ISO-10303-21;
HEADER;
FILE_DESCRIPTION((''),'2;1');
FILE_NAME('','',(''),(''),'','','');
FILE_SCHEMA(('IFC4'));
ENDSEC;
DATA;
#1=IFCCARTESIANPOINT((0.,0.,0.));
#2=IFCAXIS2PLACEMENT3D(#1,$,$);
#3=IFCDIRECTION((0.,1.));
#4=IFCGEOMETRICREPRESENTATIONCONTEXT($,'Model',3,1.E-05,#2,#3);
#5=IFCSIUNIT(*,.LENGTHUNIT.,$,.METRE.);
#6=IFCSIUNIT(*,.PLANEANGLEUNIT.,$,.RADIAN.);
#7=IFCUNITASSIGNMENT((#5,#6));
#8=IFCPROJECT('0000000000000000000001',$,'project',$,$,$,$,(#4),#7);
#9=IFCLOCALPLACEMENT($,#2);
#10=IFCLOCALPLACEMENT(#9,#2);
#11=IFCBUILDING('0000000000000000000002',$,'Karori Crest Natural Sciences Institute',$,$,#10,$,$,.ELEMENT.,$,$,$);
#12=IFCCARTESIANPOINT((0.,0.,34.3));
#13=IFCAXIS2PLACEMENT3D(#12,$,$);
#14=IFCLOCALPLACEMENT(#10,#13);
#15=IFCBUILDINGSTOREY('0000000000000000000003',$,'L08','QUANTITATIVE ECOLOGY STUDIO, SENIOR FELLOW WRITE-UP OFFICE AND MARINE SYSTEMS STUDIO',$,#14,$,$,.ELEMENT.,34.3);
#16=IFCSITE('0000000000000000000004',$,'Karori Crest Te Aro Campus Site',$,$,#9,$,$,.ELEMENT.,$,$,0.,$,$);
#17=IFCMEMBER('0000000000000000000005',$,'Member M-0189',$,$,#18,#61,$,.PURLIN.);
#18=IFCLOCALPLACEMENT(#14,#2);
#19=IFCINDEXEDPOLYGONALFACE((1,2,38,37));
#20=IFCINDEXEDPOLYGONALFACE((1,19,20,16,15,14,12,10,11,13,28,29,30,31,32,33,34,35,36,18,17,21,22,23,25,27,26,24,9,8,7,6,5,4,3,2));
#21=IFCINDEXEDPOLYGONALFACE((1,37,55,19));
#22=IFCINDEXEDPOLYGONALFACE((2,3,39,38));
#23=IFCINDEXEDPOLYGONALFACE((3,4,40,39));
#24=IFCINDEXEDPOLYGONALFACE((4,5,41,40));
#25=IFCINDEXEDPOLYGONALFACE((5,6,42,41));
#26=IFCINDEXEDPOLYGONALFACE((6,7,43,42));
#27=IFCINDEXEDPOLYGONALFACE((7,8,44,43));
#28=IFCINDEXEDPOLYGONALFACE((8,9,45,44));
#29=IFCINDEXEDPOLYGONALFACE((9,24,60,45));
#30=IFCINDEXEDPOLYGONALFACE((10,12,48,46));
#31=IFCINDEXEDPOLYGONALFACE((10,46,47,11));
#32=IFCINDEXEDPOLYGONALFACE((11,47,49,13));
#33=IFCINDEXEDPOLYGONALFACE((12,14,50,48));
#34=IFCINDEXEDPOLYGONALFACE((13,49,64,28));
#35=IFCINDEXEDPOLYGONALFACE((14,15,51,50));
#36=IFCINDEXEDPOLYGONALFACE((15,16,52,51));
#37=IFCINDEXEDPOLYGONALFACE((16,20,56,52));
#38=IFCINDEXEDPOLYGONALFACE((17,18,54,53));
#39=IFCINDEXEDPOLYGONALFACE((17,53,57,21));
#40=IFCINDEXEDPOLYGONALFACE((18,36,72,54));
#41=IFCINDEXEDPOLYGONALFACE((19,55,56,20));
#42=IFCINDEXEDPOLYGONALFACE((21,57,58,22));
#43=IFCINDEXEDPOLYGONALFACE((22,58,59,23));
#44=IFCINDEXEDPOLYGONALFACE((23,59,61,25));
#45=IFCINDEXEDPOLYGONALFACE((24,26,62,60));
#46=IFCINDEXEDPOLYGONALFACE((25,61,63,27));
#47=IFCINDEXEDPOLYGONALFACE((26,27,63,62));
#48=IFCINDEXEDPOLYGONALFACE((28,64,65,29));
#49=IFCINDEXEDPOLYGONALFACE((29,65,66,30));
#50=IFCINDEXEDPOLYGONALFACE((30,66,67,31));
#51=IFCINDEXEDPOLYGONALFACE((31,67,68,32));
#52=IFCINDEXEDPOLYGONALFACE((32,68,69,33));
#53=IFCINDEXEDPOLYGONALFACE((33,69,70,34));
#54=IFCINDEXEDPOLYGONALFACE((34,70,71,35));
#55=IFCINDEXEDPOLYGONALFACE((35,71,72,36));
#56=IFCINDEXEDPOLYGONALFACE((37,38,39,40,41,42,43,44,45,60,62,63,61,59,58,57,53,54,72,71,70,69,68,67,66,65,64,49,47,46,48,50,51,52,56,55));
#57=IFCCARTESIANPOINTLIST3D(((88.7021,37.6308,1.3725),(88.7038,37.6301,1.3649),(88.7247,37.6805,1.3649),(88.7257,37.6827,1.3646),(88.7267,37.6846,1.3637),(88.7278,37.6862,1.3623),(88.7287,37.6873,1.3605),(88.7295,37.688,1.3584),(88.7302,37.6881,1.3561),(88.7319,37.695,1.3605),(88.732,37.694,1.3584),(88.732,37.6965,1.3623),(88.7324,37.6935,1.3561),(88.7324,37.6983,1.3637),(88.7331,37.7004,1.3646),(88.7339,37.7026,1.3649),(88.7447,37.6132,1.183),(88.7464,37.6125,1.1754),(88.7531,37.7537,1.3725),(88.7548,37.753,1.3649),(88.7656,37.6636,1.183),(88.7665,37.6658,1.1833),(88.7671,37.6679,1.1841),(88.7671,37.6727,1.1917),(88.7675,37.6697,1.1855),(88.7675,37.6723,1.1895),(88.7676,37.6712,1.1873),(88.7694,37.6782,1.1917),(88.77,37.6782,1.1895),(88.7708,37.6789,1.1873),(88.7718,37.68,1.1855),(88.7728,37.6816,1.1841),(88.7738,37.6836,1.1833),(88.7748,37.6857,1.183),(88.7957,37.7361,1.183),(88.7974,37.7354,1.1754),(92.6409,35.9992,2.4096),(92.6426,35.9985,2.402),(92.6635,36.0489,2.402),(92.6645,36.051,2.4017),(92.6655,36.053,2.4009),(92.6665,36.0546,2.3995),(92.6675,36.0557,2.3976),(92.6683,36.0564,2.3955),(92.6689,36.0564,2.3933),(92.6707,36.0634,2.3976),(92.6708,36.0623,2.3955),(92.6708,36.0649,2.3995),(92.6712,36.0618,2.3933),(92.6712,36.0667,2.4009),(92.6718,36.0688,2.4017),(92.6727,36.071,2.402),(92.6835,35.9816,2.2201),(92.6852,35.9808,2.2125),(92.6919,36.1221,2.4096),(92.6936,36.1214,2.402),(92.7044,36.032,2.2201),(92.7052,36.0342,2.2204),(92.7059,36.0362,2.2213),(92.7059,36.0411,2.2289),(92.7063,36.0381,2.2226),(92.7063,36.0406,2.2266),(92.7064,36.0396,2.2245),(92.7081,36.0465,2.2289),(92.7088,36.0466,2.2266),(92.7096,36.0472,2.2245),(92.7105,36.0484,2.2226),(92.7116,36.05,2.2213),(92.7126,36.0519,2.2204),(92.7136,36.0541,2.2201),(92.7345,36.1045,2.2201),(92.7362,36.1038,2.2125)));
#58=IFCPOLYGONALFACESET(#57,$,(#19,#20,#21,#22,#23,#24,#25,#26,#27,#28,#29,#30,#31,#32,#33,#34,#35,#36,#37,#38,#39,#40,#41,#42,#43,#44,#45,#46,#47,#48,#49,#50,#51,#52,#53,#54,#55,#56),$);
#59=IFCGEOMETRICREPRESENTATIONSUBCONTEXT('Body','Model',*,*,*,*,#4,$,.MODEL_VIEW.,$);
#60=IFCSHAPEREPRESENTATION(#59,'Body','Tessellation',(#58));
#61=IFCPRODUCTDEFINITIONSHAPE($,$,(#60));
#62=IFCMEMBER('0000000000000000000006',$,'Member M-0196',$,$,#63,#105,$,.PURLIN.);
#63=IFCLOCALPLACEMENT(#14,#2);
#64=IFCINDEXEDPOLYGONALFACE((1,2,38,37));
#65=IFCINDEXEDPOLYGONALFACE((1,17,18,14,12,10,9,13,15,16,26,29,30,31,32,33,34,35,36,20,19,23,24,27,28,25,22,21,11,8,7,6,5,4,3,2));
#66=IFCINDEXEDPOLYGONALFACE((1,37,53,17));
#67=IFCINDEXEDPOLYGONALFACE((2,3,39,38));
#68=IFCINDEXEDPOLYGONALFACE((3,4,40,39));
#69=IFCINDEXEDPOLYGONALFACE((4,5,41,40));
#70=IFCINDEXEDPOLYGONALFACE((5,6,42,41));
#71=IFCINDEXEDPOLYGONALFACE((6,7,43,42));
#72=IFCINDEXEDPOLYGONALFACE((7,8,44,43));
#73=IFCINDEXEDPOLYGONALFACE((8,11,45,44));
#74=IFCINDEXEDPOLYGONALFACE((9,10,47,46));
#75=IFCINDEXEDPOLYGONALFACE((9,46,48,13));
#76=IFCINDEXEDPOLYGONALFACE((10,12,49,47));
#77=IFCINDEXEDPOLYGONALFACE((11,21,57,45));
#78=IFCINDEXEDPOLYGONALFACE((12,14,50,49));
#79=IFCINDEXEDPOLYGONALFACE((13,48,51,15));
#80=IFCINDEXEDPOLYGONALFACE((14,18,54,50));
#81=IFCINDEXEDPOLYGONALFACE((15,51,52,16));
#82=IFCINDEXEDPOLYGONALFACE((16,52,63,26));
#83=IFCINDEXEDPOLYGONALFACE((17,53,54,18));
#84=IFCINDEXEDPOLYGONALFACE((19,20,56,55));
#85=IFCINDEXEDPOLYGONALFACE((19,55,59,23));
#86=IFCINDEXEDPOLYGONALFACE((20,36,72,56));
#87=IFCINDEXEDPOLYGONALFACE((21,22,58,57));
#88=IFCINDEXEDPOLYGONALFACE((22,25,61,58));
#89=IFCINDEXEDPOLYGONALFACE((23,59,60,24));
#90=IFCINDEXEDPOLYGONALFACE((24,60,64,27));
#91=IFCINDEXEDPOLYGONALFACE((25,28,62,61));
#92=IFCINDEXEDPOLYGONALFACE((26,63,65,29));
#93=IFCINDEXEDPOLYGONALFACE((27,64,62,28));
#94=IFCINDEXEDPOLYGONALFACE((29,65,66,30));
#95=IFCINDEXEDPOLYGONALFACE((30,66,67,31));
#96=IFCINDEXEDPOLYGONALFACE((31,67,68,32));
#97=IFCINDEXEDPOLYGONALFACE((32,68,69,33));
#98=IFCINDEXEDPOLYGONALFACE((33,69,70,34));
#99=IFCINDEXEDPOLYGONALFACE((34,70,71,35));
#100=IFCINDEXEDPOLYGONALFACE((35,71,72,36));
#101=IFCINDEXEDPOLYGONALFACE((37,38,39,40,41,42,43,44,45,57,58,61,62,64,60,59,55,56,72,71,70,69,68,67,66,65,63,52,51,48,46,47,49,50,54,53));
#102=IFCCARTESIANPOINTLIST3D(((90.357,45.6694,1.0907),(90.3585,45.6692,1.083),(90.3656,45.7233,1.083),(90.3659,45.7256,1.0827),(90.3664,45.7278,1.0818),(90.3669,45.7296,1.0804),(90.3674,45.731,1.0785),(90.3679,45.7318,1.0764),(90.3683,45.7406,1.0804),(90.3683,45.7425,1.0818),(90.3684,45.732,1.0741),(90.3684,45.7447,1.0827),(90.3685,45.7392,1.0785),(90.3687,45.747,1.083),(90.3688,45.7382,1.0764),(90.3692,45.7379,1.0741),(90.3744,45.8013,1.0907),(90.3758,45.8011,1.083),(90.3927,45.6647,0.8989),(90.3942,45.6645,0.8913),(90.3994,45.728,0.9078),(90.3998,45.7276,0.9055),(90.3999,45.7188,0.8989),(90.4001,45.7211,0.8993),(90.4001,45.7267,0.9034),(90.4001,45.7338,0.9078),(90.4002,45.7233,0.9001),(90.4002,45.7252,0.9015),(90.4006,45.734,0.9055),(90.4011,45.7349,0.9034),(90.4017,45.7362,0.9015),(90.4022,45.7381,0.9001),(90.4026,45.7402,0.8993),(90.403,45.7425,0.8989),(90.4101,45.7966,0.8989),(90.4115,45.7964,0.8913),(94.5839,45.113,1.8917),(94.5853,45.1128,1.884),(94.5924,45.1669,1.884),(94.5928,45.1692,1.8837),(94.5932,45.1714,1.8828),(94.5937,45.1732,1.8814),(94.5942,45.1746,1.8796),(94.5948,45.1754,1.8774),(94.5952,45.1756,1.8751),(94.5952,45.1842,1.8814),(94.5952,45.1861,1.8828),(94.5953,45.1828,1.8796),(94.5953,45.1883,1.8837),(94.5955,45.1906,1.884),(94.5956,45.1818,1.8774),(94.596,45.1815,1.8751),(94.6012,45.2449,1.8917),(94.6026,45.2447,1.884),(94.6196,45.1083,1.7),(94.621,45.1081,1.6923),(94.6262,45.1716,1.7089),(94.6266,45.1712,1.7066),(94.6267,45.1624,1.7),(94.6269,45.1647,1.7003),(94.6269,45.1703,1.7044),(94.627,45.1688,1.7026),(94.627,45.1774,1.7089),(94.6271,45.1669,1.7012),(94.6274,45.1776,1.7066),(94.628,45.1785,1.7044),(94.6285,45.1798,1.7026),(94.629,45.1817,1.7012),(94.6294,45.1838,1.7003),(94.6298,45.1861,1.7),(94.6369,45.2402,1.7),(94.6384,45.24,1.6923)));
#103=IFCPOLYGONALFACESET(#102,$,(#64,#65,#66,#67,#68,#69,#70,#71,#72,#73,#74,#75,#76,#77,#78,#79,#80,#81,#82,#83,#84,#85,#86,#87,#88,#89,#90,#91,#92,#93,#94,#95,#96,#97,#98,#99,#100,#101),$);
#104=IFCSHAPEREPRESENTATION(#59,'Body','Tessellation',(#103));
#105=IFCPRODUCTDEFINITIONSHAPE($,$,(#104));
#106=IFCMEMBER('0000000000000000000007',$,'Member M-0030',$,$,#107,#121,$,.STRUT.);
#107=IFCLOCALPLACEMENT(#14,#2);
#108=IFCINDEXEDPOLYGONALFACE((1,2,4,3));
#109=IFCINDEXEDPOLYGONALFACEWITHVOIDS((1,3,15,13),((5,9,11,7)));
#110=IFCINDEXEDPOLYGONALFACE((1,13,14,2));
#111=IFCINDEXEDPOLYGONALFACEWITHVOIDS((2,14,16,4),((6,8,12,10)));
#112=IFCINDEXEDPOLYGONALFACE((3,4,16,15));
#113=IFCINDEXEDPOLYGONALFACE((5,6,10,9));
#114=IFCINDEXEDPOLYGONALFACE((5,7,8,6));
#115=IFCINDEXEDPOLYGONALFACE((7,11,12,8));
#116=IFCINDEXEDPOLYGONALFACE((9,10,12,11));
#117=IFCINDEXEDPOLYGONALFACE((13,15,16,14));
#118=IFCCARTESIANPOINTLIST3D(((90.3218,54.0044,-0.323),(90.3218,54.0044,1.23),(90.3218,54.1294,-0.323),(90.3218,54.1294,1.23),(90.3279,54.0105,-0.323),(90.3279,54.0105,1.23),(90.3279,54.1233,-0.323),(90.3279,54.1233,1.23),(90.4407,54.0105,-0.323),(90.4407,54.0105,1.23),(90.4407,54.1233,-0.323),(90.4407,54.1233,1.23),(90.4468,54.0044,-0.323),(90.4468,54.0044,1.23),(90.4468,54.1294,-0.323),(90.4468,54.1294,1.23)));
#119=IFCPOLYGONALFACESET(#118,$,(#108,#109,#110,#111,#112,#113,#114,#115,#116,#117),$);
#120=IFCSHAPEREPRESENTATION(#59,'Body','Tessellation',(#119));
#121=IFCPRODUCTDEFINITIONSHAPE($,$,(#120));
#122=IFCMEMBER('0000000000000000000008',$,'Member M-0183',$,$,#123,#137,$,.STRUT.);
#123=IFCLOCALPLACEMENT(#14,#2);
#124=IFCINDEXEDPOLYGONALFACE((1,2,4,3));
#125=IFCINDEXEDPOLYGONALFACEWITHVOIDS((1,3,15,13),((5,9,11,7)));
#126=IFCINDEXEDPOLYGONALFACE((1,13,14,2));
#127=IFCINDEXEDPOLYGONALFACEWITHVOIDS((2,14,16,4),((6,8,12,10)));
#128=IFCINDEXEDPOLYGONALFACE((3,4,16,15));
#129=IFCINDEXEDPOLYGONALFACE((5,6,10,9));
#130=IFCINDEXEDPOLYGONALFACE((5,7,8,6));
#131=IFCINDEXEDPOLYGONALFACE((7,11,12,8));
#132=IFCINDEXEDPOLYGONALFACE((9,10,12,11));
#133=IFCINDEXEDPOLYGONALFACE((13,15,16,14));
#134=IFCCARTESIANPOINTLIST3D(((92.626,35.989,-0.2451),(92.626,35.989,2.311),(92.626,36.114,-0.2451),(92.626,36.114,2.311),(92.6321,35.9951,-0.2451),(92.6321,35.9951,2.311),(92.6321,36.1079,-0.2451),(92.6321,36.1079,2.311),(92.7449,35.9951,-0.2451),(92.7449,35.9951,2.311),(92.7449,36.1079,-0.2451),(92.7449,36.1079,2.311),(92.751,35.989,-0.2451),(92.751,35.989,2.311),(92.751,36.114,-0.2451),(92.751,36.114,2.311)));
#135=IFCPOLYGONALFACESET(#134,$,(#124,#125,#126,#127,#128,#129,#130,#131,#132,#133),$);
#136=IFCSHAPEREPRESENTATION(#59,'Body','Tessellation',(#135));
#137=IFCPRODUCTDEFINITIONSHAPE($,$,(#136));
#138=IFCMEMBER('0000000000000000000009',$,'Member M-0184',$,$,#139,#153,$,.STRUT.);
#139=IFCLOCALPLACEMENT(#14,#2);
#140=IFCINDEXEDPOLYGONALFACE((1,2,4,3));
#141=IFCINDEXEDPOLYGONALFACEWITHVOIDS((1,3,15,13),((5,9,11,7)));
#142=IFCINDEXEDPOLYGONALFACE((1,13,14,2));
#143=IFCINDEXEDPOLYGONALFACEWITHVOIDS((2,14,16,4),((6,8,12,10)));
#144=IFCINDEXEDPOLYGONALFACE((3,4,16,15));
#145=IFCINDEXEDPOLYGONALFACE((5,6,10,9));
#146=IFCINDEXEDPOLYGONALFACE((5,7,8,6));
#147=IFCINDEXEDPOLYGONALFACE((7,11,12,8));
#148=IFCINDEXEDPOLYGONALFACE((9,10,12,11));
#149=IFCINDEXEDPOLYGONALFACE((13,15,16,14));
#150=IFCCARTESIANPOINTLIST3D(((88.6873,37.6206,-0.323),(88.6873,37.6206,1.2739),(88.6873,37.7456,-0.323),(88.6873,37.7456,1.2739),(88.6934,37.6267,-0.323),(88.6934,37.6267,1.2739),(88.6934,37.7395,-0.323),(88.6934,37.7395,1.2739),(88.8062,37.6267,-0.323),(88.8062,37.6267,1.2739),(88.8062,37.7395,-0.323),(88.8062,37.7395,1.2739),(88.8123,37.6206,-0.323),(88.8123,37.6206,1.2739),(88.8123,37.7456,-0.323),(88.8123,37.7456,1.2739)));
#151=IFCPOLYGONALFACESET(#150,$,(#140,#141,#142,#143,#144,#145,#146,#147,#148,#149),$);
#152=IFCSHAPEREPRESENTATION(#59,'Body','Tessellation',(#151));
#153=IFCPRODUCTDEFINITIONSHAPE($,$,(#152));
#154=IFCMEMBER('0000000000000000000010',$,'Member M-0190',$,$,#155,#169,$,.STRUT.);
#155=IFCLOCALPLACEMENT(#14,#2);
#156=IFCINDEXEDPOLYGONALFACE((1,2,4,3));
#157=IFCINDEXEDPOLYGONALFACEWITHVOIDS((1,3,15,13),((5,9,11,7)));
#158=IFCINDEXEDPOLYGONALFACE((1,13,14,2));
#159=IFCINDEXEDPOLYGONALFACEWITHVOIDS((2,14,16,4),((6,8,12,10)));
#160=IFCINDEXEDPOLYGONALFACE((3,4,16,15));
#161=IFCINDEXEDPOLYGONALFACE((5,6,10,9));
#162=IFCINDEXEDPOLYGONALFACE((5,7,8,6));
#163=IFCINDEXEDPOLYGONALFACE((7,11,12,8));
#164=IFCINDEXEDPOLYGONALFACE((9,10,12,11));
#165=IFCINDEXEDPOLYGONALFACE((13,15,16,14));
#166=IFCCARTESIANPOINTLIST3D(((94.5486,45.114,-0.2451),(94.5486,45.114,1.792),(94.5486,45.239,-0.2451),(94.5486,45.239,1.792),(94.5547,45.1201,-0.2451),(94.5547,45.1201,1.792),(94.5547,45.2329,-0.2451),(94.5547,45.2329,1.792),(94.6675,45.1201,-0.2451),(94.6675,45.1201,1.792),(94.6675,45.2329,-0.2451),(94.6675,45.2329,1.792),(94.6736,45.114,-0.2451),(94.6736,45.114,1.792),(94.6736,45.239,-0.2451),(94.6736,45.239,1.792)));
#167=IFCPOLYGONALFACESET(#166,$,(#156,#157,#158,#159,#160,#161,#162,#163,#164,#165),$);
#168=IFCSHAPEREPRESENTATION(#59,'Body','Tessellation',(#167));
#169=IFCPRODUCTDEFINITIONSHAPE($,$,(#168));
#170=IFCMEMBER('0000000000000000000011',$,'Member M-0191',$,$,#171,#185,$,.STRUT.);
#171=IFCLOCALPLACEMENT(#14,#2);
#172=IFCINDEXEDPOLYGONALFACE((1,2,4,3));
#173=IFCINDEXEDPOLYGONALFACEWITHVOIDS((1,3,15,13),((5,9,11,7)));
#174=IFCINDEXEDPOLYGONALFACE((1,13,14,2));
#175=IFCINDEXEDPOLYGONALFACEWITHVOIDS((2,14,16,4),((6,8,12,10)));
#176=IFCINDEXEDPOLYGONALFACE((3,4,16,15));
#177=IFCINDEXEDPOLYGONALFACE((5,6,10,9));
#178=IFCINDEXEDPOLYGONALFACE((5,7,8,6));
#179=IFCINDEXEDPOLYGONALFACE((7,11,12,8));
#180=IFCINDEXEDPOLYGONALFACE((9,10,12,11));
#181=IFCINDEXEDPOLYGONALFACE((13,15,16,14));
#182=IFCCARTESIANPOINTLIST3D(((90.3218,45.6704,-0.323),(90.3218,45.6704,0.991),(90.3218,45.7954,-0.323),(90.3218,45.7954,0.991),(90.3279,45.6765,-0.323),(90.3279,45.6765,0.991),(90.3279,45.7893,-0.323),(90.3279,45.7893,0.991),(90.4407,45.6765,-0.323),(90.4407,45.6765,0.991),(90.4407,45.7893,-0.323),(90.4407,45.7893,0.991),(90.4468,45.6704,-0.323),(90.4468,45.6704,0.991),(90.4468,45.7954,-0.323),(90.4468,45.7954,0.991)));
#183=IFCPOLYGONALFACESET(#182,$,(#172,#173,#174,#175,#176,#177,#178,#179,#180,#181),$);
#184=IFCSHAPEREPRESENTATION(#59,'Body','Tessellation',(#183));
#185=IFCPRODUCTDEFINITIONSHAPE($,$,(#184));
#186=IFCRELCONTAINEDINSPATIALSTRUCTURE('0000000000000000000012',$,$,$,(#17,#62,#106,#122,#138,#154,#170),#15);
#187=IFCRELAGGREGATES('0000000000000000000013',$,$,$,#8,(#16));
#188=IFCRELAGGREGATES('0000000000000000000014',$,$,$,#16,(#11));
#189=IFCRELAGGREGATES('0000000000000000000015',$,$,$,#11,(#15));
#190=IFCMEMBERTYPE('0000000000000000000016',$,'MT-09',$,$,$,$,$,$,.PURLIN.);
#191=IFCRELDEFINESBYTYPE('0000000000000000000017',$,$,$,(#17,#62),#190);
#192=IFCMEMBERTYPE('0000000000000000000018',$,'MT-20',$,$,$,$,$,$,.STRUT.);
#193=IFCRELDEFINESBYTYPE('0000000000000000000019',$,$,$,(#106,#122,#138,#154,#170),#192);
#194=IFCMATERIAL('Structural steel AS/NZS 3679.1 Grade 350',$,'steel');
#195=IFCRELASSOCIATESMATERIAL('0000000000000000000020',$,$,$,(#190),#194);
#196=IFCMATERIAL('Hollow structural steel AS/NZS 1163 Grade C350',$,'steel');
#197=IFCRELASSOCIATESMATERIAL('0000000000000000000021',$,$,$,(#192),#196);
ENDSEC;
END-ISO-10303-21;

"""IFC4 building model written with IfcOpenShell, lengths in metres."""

from ifc_helpers import new_model, si_unit, direction, frame, origin, origin_2d, place, context, subcontext, project, spatial, hollow_rectangle, i_section, extrude, material, material_profile, profile_set, type_object, element, save


model = new_model("IFC4")

# Units and contexts
model_context = context("Model", 3, precision=1e-05, world=origin(), true_north=direction((0.0, 1.0)))
body_context = subcontext(model_context, "Body", "Model", "MODEL_VIEW")
ifc_project = project(units=[si_unit("LENGTHUNIT", "METRE"), si_unit("PLANEANGLEUNIT", "RADIAN")], contexts=[model_context])

# Site, building, storey
site_placement = place(None, origin())
site = spatial("IfcSite", under=ifc_project, at=site_placement, Name="Karori Crest Te Aro Campus Site", CompositionType="ELEMENT", RefElevation=0.0)
building_placement = place(site_placement, origin())
building = spatial("IfcBuilding", under=site, at=building_placement, Name="Karori Crest Natural Sciences Institute", CompositionType="ELEMENT")
storey_placement = place(building_placement, frame((0.0, 0.0, 34.3)))
storey = spatial("IfcBuildingStorey", under=building, at=storey_placement, Name="L08", Description="QUANTITATIVE ECOLOGY STUDIO, SENIOR FELLOW WRITE-UP OFFICE AND MARINE SYSTEMS STUDIO", CompositionType="ELEMENT", Elevation=34.3)

# Members
ifc_material_1 = material(Name="Structural steel AS/NZS 3679.1 Grade 350", Category="steel")
ifc_material_profile_1 = material_profile(ifc_material_1, i_section(OverallWidth=0.1331, OverallDepth=0.2029, WebThickness=0.0059, FlangeThickness=0.0078, FilletRadius=0.009, at=origin_2d()), Name="200UB25.4")
ifc_profile_set_1 = profile_set([ifc_material_profile_1], Name="Structural steel AS/NZS 3679.1 Grade 350")
member_type_1 = type_object("IfcMemberType", Name="MT-09", PredefinedType="PURLIN", material=ifc_profile_set_1)
member_1_placement = place(storey_placement, frame((88.7498, 37.6831, 1.2739), z_axis=(0.89769, -0.371863, 0.236372), x_axis=(0.382708, 0.92387, 0.0)))
element("IfcMember", 1, at=member_1_placement, inside=storey, type_object=member_type_1, Name="Member M-0189", PredefinedType="PURLIN", context=body_context, shape_type="SweptSolid", body=[
    extrude(i_section(OverallWidth=0.1331, OverallDepth=0.2029, WebThickness=0.0059, FlangeThickness=0.0078, FilletRadius=0.009, at=origin_2d()), origin(), (0.0, 0.0, 1.0), 4.3877),
])
member_2_placement = place(storey_placement, frame((90.3843, 45.7329, 0.991), z_axis=(0.974397, -0.128265, 0.184659), x_axis=(0.130509, 0.991447, 0.0)))
element("IfcMember", 2, at=member_2_placement, inside=storey, type_object=member_type_1, Name="Member M-0196", PredefinedType="PURLIN", context=body_context, shape_type="SweptSolid", body=[
    extrude(i_section(OverallWidth=0.1331, OverallDepth=0.2029, WebThickness=0.0059, FlangeThickness=0.0078, FilletRadius=0.009, at=origin_2d()), origin(), (0.0, 0.0, 1.0), 4.3379),
])
ifc_material_2 = material(Name="Hollow structural steel AS/NZS 1163 Grade C350", Category="steel")
ifc_material_profile_2 = material_profile(ifc_material_2, hollow_rectangle(XDim=0.125, YDim=0.125, WallThickness=0.0061, at=origin_2d()), Name="SHS125x125x6")
ifc_profile_set_2 = profile_set([ifc_material_profile_2], Name="Hollow structural steel AS/NZS 1163 Grade C350")
member_type_2 = type_object("IfcMemberType", Name="MT-20", PredefinedType="STRUT", material=ifc_profile_set_2)
member_3_placement = place(storey_placement, frame((90.3843, 54.0669, -0.323), z_axis=(0.0, 0.0, 1.0), x_axis=(1.0, 0.0, 0.0)))
element("IfcMember", 3, at=member_3_placement, inside=storey, type_object=member_type_2, Name="Member M-0030", PredefinedType="STRUT", context=body_context, shape_type="SweptSolid", body=[
    extrude(hollow_rectangle(XDim=0.125, YDim=0.125, WallThickness=0.0061, at=origin_2d()), origin(), (0.0, 0.0, 1.0), 1.553),
])
member_4_placement = place(storey_placement, frame((92.6885, 36.0515, -0.2451), z_axis=(0.0, 0.0, 1.0), x_axis=(1.0, 0.0, 0.0)))
element("IfcMember", 4, at=member_4_placement, inside=storey, type_object=member_type_2, Name="Member M-0183", PredefinedType="STRUT", context=body_context, shape_type="SweptSolid", body=[
    extrude(hollow_rectangle(XDim=0.125, YDim=0.125, WallThickness=0.0061, at=origin_2d()), origin(), (0.0, 0.0, 1.0), 2.5562),
])
member_5_placement = place(storey_placement, frame((88.7498, 37.6831, -0.323), z_axis=(0.0, 0.0, 1.0), x_axis=(1.0, 0.0, 0.0)))
element("IfcMember", 5, at=member_5_placement, inside=storey, type_object=member_type_2, Name="Member M-0184", PredefinedType="STRUT", context=body_context, shape_type="SweptSolid", body=[
    extrude(hollow_rectangle(XDim=0.125, YDim=0.125, WallThickness=0.0061, at=origin_2d()), origin(), (0.0, 0.0, 1.0), 1.5969),
])
member_6_placement = place(storey_placement, frame((94.6111, 45.1765, -0.2451), z_axis=(0.0, 0.0, 1.0), x_axis=(1.0, 0.0, 0.0)))
element("IfcMember", 6, at=member_6_placement, inside=storey, type_object=member_type_2, Name="Member M-0190", PredefinedType="STRUT", context=body_context, shape_type="SweptSolid", body=[
    extrude(hollow_rectangle(XDim=0.125, YDim=0.125, WallThickness=0.0061, at=origin_2d()), origin(), (0.0, 0.0, 1.0), 2.0371),
])
member_7_placement = place(storey_placement, frame((90.3843, 45.7329, -0.323), z_axis=(0.0, 0.0, 1.0), x_axis=(1.0, 0.0, 0.0)))
element("IfcMember", 7, at=member_7_placement, inside=storey, type_object=member_type_2, Name="Member M-0191", PredefinedType="STRUT", context=body_context, shape_type="SweptSolid", body=[
    extrude(hollow_rectangle(XDim=0.125, YDim=0.125, WallThickness=0.0061, at=origin_2d()), origin(), (0.0, 0.0, 1.0), 1.314),
])

save(model, "model.ifc")
